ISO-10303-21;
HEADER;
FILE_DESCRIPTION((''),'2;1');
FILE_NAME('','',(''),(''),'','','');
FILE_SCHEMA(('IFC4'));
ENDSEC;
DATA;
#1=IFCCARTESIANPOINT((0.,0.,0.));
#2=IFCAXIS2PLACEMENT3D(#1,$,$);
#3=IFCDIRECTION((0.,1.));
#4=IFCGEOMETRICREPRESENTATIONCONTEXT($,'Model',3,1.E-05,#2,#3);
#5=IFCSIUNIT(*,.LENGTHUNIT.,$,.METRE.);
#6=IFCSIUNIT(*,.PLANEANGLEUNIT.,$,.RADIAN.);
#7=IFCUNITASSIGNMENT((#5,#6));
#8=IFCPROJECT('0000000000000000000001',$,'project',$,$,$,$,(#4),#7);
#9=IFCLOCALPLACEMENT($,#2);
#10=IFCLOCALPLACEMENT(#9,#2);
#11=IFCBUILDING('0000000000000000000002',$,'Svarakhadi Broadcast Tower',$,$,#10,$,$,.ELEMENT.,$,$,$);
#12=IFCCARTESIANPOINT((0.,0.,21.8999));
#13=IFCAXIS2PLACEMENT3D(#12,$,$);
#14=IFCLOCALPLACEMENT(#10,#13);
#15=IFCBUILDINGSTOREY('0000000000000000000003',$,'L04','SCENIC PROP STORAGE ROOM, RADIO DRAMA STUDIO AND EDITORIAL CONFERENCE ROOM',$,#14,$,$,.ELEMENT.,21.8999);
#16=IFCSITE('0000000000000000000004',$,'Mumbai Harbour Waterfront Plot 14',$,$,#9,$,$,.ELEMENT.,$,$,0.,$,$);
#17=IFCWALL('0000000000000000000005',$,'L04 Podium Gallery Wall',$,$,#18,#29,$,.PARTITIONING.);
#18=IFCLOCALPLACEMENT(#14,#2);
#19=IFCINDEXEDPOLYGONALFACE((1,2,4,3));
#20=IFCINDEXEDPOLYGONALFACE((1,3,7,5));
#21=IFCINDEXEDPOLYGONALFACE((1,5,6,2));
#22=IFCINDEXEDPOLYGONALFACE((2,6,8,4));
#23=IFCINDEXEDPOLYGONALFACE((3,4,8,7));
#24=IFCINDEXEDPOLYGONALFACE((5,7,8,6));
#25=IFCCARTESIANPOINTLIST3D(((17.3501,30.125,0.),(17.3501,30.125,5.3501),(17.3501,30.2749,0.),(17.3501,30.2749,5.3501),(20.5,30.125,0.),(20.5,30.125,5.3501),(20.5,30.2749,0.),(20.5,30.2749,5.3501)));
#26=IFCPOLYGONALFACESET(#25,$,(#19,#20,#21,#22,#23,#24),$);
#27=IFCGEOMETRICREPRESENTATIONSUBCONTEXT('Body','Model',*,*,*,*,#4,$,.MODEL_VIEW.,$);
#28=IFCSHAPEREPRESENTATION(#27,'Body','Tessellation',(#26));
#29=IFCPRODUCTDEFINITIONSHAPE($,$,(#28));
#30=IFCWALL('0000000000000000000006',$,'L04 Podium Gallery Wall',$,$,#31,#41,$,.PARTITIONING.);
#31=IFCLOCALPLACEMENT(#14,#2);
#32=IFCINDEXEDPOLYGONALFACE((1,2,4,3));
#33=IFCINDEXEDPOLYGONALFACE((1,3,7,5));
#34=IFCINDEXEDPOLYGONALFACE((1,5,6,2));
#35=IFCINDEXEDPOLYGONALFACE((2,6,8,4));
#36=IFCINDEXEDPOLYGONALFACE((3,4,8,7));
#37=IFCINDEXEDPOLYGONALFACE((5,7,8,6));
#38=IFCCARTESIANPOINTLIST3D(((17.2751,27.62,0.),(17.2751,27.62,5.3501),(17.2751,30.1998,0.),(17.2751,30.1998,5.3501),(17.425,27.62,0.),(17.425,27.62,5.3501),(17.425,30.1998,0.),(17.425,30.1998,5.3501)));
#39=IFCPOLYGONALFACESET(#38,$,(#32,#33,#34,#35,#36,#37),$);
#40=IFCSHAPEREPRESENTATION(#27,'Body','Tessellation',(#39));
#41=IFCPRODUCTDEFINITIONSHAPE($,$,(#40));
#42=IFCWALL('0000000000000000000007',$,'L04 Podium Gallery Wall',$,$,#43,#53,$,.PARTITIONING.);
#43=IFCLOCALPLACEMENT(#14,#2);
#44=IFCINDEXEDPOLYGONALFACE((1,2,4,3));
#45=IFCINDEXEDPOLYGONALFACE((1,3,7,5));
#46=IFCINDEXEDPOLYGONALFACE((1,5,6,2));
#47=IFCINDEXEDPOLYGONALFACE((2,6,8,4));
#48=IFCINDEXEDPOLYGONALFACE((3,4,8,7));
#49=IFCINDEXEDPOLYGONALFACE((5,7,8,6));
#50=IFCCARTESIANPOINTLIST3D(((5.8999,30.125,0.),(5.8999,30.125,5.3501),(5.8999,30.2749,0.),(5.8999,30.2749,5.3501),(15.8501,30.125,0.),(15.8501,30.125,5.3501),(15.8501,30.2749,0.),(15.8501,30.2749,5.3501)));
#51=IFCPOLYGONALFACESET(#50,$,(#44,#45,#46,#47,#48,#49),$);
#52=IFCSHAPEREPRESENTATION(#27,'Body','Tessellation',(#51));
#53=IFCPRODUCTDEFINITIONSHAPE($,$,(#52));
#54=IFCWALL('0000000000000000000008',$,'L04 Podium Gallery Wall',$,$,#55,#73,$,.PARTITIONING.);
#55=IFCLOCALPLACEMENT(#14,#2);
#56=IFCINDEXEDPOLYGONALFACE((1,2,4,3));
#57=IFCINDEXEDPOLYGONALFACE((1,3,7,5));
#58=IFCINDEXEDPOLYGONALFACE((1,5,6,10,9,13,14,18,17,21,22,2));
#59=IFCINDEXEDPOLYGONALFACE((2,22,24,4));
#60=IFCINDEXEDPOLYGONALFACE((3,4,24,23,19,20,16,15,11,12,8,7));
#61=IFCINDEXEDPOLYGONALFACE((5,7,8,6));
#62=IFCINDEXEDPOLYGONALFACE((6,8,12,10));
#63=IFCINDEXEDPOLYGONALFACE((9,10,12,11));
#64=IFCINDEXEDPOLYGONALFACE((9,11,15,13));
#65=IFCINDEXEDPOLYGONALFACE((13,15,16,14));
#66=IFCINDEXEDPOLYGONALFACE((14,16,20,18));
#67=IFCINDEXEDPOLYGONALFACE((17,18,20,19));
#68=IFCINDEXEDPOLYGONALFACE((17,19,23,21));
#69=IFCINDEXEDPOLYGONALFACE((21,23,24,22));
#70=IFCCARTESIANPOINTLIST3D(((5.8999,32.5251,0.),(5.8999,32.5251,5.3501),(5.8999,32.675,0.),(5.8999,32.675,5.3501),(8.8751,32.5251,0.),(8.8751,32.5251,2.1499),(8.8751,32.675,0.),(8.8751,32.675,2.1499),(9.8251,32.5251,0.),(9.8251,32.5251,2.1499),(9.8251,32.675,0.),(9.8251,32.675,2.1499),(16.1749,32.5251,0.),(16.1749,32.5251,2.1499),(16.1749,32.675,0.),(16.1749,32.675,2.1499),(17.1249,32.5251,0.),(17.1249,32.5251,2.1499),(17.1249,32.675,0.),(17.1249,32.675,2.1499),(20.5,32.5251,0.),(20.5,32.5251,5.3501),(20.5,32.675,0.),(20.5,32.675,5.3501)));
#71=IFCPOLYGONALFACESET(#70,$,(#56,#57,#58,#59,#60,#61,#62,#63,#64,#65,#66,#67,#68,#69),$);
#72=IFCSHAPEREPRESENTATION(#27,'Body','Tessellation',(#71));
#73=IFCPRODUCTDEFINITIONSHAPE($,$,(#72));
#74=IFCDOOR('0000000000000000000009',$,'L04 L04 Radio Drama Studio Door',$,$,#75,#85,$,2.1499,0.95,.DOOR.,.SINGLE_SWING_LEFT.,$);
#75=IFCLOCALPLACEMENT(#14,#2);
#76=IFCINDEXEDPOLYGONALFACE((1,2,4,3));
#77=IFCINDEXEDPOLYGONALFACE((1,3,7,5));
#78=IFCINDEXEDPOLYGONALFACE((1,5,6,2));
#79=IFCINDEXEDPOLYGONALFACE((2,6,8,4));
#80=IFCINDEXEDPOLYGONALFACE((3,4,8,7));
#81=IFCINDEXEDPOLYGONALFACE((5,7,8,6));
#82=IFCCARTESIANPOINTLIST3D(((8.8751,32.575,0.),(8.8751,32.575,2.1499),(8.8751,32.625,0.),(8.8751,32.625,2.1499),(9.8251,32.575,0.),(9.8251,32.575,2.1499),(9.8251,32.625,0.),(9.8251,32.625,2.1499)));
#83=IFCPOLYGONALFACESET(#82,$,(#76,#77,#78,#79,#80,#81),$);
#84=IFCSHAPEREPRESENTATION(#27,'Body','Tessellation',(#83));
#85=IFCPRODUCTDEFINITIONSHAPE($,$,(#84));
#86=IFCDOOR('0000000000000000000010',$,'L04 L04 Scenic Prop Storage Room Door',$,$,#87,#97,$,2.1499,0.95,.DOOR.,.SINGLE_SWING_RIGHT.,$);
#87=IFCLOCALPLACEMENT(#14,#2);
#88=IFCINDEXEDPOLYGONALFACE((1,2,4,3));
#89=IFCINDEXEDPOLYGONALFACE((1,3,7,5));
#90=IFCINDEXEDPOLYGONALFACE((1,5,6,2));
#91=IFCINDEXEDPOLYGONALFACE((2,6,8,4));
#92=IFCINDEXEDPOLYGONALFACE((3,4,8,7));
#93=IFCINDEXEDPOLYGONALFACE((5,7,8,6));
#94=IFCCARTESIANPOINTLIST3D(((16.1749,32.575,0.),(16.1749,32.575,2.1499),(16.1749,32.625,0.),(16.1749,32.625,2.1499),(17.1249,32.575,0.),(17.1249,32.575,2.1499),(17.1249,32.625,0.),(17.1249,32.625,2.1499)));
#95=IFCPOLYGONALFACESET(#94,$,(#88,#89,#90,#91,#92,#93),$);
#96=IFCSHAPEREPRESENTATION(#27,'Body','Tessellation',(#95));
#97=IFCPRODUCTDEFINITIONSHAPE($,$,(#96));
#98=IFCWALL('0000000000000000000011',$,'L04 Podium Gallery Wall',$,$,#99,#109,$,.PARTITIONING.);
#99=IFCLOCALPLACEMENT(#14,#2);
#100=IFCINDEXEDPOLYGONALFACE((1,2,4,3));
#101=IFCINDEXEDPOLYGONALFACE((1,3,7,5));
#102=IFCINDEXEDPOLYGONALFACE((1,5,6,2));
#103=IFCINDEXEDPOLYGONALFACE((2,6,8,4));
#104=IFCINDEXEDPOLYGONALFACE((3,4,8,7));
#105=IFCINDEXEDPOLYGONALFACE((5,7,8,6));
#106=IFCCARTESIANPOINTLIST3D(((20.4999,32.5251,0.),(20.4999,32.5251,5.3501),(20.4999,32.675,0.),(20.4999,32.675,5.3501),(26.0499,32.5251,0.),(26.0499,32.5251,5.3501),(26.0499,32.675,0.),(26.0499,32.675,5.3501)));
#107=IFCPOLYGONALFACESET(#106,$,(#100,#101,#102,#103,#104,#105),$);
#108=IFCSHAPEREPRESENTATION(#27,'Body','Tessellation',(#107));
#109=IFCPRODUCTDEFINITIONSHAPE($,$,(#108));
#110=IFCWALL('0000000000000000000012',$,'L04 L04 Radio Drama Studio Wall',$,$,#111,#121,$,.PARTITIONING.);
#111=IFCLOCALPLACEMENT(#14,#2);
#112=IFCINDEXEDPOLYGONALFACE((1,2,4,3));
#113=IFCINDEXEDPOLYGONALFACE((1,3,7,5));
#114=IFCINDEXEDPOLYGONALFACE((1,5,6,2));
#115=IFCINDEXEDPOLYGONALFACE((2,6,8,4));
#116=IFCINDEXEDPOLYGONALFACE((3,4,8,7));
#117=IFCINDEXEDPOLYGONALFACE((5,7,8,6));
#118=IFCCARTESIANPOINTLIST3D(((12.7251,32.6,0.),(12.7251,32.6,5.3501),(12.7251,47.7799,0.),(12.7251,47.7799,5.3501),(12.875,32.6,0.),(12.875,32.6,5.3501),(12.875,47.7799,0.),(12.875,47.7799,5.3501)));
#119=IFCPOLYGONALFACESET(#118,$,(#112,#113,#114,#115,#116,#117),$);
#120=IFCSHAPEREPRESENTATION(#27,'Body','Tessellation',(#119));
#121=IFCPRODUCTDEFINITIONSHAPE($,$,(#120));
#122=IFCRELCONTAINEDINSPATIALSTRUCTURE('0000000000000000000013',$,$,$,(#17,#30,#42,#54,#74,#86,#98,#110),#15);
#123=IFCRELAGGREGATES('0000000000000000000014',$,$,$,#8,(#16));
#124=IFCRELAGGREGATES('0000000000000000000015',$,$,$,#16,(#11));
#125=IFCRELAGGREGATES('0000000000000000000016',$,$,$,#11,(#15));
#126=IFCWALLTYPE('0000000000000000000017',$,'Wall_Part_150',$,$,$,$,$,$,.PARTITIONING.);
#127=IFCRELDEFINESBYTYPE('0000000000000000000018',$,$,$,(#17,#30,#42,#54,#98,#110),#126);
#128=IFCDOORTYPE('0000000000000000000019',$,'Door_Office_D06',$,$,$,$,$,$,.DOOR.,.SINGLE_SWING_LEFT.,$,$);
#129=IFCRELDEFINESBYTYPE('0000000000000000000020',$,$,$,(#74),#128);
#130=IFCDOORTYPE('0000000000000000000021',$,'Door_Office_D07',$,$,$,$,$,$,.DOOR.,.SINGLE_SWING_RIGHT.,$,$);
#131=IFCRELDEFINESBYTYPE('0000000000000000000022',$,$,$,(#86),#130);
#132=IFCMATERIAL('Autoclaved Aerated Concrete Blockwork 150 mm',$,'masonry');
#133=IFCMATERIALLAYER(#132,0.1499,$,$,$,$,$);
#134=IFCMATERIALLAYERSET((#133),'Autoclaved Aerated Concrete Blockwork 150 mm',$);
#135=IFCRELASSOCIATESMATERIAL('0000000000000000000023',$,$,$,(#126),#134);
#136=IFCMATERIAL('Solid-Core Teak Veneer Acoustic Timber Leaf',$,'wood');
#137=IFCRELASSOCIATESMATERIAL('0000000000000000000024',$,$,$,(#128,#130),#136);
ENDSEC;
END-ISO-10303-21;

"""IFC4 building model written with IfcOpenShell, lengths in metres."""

from ifc_helpers import new_model, si_unit, direction, frame, frame_2d, origin, place, context, subcontext, project, spatial, rectangle, extrude, material, layer, layer_set, type_object, element, fill, save


model = new_model("IFC4")

# Units and contexts
model_context = context("Model", 3, precision=1e-05, world=origin(), true_north=direction((0.0, 1.0)))
body_context = subcontext(model_context, "Body", "Model", "MODEL_VIEW")
ifc_project = project(units=[si_unit("LENGTHUNIT", "METRE"), si_unit("PLANEANGLEUNIT", "RADIAN")], contexts=[model_context])

# Site, building, storey
site_placement = place(None, origin())
site = spatial("IfcSite", under=ifc_project, at=site_placement, Name="Mumbai Harbour Waterfront Plot 14", CompositionType="ELEMENT", RefElevation=0.0)
building_placement = place(site_placement, origin())
building = spatial("IfcBuilding", under=site, at=building_placement, Name="Svarakhadi Broadcast Tower", CompositionType="ELEMENT")
storey_placement = place(building_placement, frame((0.0, 0.0, 21.8999)))
storey = spatial("IfcBuildingStorey", under=building, at=storey_placement, Name="L04", Description="SCENIC PROP STORAGE ROOM, RADIO DRAMA STUDIO AND EDITORIAL CONFERENCE ROOM", CompositionType="ELEMENT", Elevation=21.8999)

# Walls
ifc_material_1 = material(Name="Autoclaved Aerated Concrete Blockwork 150 mm", Category="masonry")
ifc_layer_1 = layer(ifc_material_1, 0.1499)
ifc_layer_set_1 = layer_set([ifc_layer_1], Name="Autoclaved Aerated Concrete Blockwork 150 mm")
wall_type = type_object("IfcWallType", Name="Wall_Part_150", PredefinedType="PARTITIONING", material=ifc_layer_set_1)
wall_1_placement = place(storey_placement, frame((20.5, 30.2, 0.0), z_axis=(0.0, 0.0, 1.0), x_axis=(-1.0, 0.0, 0.0)))
element("IfcWall", 1, at=wall_1_placement, inside=storey, type_object=wall_type, Name="L04 Podium Gallery Wall", PredefinedType="PARTITIONING", context=body_context, shape_type="SweptSolid", body=[
    extrude(rectangle(XDim=3.1499, YDim=0.1499, at=frame_2d((1.575, 0.0))), origin(), (0.0, 0.0, 1.0), 5.3501),
])
wall_2_placement = place(storey_placement, frame((17.3501, 30.2, 0.0), z_axis=(0.0, 0.0, 1.0), x_axis=(0.0, -1.0, 0.0)))
element("IfcWall", 2, at=wall_2_placement, inside=storey, type_object=wall_type, Name="L04 Podium Gallery Wall", PredefinedType="PARTITIONING", context=body_context, shape_type="SweptSolid", body=[
    extrude(rectangle(XDim=2.5798, YDim=0.1499, at=frame_2d((1.29, 0.0))), origin(), (0.0, 0.0, 1.0), 5.3501),
])
wall_3_placement = place(storey_placement, frame((15.8501, 30.2, 0.0), z_axis=(0.0, 0.0, 1.0), x_axis=(-1.0, 0.0, 0.0)))
element("IfcWall", 3, at=wall_3_placement, inside=storey, type_object=wall_type, Name="L04 Podium Gallery Wall", PredefinedType="PARTITIONING", context=body_context, shape_type="SweptSolid", body=[
    extrude(rectangle(XDim=9.9502, YDim=0.1499, at=frame_2d((4.9751, 0.0))), origin(), (0.0, 0.0, 1.0), 5.3501),
])

# Wall, openings, doors
wall_4_placement = place(storey_placement, frame((5.8999, 32.6001, 0.0), z_axis=(0.0, 0.0, 1.0), x_axis=(1.0, 0.0, 0.0)))
wall_4 = element("IfcWall", 4, at=wall_4_placement, inside=storey, type_object=wall_type, Name="L04 Podium Gallery Wall", PredefinedType="PARTITIONING", context=body_context, shape_type="SweptSolid", body=[
    extrude(rectangle(XDim=14.6001, YDim=0.1499, at=frame_2d((7.3, 0.0))), origin(), (0.0, 0.0, 1.0), 5.3501),
])
opening_1_placement = place(wall_4_placement, frame((2.9751, 0.0, 0.0)))
opening_1 = element("IfcOpeningElement", 5, at=opening_1_placement, cuts=wall_4, PredefinedType="OPENING", context=body_context, shape_type="SweptSolid", body=[
    extrude(rectangle(XDim=0.95, YDim=2.1499, at=frame_2d((0.4751, 1.075))), frame((0.0, 0.085, 0.0), z_axis=(0.0, -1.0, 0.0), x_axis=(1.0, 0.0, 0.0)), (0.0, 0.0, 1.0), 0.1699),
])
opening_2_placement = place(wall_4_placement, frame((10.2749, 0.0, 0.0)))
opening_2 = element("IfcOpeningElement", 6, at=opening_2_placement, cuts=wall_4, PredefinedType="OPENING", context=body_context, shape_type="SweptSolid", body=[
    extrude(rectangle(XDim=0.95, YDim=2.1499, at=frame_2d((0.4751, 1.075))), frame((0.0, 0.085, 0.0), z_axis=(0.0, -1.0, 0.0), x_axis=(1.0, 0.0, 0.0)), (0.0, 0.0, 1.0), 0.1699),
])
ifc_material_2 = material(Name="Solid-Core Teak Veneer Acoustic Timber Leaf", Category="wood")
door_type_1 = type_object("IfcDoorType", Name="Door_Office_D06", OperationType="SINGLE_SWING_LEFT", PredefinedType="DOOR", material=ifc_material_2)
door_1_placement = place(opening_1_placement, origin())
door_1 = element("IfcDoor", 7, at=door_1_placement, inside=storey, type_object=door_type_1, Name="L04 L04 Radio Drama Studio Door", OperationType="SINGLE_SWING_LEFT", OverallHeight=2.1499, OverallWidth=0.95, PredefinedType="DOOR", context=body_context, shape_type="SweptSolid", body=[
    extrude(rectangle(XDim=0.95, YDim=2.1499, at=frame_2d((0.4751, 1.075))), frame((0.0, 0.0249, 0.0), z_axis=(0.0, -1.0, 0.0), x_axis=(1.0, 0.0, 0.0)), (0.0, 0.0, 1.0), 0.05),
])
fill(opening_1, door_1)
door_type_2 = type_object("IfcDoorType", Name="Door_Office_D07", OperationType="SINGLE_SWING_RIGHT", PredefinedType="DOOR", material=ifc_material_2)
door_2_placement = place(opening_2_placement, origin())
door_2 = element("IfcDoor", 8, at=door_2_placement, inside=storey, type_object=door_type_2, Name="L04 L04 Scenic Prop Storage Room Door", OperationType="SINGLE_SWING_RIGHT", OverallHeight=2.1499, OverallWidth=0.95, PredefinedType="DOOR", context=body_context, shape_type="SweptSolid", body=[
    extrude(rectangle(XDim=0.95, YDim=2.1499, at=frame_2d((0.4751, 1.075))), frame((0.0, 0.0249, 0.0), z_axis=(0.0, -1.0, 0.0), x_axis=(1.0, 0.0, 0.0)), (0.0, 0.0, 1.0), 0.05),
])
fill(opening_2, door_2)

# Walls
wall_5_placement = place(storey_placement, frame((20.5, 32.6001, 0.0), z_axis=(0.0, 0.0, 1.0), x_axis=(1.0, 0.0, 0.0)))
element("IfcWall", 9, at=wall_5_placement, inside=storey, type_object=wall_type, Name="L04 Podium Gallery Wall", PredefinedType="PARTITIONING", context=body_context, shape_type="SweptSolid", body=[
    extrude(rectangle(XDim=5.55, YDim=0.1499, at=frame_2d((2.7749, 0.0))), origin(), (0.0, 0.0, 1.0), 5.3501),
])
wall_6_placement = place(storey_placement, frame((12.8, 32.6001, 0.0), z_axis=(0.0, 0.0, 1.0), x_axis=(0.0, 1.0, 0.0)))
element("IfcWall", 10, at=wall_6_placement, inside=storey, type_object=wall_type, Name="L04 L04 Radio Drama Studio Wall", PredefinedType="PARTITIONING", context=body_context, shape_type="SweptSolid", body=[
    extrude(rectangle(XDim=15.1799, YDim=0.1499, at=frame_2d((7.5898, 0.0))), origin(), (0.0, 0.0, 1.0), 5.3501),
])

save(model, "model.ifc")
